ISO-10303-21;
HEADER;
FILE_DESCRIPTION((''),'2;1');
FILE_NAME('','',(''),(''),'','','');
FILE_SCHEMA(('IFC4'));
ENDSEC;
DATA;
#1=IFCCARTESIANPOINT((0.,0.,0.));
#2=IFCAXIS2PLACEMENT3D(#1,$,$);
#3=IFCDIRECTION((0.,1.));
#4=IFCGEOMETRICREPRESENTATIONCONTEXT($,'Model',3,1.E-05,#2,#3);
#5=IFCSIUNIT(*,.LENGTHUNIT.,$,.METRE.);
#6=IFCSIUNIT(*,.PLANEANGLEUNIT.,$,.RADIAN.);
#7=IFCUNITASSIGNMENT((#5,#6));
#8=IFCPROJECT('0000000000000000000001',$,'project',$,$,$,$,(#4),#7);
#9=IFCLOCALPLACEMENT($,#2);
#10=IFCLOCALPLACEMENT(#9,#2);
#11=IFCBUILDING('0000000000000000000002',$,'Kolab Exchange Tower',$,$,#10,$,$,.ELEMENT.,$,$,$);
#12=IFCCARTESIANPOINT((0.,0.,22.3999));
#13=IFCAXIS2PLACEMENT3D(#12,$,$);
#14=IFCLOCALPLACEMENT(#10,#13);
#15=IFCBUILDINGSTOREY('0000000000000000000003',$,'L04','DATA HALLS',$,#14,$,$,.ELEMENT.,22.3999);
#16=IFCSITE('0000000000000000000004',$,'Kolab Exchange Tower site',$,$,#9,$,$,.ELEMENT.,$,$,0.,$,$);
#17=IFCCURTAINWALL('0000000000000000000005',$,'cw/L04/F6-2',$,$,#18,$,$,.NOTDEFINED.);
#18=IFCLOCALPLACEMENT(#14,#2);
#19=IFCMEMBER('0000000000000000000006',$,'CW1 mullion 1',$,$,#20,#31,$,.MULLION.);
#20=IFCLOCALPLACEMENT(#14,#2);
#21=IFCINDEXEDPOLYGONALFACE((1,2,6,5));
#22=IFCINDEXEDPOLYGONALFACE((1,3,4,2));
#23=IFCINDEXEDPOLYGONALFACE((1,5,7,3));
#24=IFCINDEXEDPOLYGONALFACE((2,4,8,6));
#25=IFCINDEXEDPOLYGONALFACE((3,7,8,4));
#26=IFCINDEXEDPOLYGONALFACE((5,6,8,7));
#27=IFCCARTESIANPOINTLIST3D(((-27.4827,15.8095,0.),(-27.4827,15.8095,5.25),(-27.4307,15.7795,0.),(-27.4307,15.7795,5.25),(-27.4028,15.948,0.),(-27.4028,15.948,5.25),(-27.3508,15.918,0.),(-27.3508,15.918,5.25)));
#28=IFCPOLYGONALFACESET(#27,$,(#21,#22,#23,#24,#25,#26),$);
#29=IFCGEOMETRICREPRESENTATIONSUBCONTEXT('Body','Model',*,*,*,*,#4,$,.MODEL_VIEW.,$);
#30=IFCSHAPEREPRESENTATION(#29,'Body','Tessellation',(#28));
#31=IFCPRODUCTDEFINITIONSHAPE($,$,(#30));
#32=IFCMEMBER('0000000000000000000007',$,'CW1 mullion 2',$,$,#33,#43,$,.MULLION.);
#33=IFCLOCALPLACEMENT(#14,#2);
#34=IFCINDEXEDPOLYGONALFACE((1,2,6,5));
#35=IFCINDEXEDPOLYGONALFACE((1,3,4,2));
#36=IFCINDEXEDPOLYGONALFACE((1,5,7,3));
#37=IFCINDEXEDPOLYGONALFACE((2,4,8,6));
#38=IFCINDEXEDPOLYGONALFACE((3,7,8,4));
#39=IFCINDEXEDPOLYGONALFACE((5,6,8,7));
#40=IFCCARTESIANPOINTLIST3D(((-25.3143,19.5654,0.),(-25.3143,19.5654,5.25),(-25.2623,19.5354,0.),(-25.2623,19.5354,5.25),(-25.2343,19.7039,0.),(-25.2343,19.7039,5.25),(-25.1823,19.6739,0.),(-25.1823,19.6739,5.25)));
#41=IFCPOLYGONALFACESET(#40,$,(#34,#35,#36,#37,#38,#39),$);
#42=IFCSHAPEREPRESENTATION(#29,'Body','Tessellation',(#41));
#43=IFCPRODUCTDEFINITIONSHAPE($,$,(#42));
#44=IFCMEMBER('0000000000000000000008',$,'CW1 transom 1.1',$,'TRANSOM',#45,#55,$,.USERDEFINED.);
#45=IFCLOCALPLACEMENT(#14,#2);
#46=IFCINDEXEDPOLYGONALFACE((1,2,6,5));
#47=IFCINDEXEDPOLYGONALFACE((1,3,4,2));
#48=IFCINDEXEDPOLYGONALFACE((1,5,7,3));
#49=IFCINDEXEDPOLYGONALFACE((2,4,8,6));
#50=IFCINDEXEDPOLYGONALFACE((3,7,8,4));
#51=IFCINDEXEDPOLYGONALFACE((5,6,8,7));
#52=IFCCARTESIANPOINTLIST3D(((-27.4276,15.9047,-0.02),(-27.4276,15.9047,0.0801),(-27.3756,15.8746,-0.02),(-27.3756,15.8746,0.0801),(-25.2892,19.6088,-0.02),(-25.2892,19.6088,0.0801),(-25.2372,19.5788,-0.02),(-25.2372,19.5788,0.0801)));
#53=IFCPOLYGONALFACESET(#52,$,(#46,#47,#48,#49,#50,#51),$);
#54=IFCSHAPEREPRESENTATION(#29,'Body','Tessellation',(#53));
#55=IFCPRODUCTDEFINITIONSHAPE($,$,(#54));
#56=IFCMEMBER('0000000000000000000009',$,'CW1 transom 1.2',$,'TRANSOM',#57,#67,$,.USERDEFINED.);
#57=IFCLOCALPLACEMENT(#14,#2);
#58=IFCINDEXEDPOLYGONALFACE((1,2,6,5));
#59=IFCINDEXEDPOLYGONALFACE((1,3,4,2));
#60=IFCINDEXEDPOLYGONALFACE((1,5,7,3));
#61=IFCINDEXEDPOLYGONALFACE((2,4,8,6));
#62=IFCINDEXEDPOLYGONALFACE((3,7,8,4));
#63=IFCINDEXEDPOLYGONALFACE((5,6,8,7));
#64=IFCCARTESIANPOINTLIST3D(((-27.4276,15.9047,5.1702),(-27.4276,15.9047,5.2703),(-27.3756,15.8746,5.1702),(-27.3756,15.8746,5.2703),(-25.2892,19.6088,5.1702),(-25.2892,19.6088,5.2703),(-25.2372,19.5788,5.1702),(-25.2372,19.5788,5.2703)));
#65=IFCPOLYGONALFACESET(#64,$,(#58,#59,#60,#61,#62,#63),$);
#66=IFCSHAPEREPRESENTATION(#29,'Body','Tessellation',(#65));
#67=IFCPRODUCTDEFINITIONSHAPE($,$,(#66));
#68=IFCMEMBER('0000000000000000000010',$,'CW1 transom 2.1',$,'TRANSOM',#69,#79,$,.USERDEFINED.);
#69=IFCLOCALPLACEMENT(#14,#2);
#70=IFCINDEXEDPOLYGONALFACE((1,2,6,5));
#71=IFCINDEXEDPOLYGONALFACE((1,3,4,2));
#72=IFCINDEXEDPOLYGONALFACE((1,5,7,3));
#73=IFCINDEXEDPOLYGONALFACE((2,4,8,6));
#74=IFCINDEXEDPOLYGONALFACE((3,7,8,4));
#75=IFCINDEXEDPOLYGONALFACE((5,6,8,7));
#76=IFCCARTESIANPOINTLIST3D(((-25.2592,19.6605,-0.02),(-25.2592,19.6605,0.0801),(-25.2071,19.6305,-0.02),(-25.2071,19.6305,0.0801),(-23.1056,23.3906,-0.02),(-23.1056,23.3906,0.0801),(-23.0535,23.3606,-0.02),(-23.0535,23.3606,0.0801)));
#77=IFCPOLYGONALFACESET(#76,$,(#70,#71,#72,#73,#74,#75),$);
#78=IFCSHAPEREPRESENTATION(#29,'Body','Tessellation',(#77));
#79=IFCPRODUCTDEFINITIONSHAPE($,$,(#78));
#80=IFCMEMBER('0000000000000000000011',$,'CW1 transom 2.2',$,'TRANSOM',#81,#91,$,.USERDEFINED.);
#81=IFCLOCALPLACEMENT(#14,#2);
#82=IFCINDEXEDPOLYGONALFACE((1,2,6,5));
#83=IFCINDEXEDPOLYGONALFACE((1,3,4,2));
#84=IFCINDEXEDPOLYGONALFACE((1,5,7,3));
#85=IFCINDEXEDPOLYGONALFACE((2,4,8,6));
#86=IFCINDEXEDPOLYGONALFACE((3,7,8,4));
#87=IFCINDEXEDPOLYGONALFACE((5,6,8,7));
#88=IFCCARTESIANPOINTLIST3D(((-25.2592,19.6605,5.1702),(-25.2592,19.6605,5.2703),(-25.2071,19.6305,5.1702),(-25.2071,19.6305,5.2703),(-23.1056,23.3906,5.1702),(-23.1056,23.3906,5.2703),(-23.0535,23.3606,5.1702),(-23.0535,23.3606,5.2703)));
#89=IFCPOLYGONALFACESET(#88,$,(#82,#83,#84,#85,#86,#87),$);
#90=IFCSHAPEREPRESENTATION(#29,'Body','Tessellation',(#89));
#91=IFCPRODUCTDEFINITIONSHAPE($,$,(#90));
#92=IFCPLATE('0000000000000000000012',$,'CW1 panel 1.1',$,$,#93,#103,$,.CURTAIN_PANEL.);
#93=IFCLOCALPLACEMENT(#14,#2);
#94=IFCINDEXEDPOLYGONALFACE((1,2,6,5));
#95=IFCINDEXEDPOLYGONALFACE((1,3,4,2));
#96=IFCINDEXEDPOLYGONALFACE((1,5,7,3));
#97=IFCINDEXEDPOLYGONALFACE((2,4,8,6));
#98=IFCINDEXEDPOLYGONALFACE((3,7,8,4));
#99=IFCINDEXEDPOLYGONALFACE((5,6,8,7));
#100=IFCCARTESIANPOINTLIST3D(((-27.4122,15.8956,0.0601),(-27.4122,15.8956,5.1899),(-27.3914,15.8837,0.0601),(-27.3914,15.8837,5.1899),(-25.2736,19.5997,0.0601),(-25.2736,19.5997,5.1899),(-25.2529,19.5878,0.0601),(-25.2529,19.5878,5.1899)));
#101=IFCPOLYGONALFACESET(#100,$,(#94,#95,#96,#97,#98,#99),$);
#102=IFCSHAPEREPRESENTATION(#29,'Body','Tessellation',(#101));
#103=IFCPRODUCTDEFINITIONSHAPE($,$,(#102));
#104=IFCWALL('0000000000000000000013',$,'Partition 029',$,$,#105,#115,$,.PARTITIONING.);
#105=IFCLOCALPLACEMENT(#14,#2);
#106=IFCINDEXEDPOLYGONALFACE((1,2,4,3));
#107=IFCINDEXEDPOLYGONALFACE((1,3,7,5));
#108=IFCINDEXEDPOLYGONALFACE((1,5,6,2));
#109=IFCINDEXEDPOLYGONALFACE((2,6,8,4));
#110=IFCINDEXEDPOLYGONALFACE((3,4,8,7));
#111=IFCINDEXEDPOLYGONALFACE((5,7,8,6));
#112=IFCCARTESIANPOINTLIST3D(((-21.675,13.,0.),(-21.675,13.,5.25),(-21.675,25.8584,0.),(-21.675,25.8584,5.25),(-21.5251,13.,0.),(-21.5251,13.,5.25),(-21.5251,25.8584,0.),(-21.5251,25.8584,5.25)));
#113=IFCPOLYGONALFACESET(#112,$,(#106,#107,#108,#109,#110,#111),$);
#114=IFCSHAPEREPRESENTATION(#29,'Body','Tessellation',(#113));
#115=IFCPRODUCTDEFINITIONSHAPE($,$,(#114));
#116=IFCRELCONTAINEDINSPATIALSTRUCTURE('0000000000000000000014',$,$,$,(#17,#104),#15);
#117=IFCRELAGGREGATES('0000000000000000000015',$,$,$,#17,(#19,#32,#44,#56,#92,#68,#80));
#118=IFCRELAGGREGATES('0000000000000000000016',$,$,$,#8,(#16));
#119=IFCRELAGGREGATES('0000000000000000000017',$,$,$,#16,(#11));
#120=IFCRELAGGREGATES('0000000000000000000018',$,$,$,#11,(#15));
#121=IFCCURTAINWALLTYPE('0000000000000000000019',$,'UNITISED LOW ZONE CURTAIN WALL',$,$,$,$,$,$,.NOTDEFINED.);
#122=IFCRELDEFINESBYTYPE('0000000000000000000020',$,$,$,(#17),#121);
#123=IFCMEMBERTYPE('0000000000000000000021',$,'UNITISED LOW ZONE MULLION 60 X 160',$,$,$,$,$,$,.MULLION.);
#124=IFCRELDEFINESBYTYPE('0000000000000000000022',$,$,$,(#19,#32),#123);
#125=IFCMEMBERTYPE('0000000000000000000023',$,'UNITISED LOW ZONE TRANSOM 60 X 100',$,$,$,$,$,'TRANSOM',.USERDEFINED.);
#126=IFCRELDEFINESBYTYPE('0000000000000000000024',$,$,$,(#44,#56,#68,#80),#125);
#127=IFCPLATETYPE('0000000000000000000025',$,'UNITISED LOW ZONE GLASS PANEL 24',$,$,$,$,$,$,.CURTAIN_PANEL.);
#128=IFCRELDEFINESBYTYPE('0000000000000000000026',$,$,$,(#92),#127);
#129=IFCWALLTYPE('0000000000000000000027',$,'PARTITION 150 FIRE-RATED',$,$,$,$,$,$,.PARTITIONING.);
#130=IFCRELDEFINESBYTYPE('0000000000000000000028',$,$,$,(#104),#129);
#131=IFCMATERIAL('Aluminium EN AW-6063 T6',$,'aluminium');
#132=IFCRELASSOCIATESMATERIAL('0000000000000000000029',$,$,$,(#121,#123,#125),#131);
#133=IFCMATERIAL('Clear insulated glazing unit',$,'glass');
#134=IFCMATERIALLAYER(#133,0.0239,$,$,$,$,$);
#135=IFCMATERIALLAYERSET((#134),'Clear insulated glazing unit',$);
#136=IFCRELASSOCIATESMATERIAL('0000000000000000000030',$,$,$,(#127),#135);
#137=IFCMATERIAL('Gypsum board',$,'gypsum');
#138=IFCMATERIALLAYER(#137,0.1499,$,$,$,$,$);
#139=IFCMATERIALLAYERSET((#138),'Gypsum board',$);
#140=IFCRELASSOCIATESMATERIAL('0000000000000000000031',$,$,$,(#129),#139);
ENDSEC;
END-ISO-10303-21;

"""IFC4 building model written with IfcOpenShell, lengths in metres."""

from ifc_helpers import new_model, si_unit, direction, frame, frame_2d, origin, origin_2d, place, context, subcontext, project, spatial, rectangle, extrude, material, layer, layer_set, material_profile, profile_set, type_object, element, aggregate, save


model = new_model("IFC4")

# Units and contexts
model_context = context("Model", 3, precision=1e-05, world=origin(), true_north=direction((0.0, 1.0)))
body_context = subcontext(model_context, "Body", "Model", "MODEL_VIEW")
ifc_project = project(units=[si_unit("LENGTHUNIT", "METRE"), si_unit("PLANEANGLEUNIT", "RADIAN")], contexts=[model_context])

# Site, building, storey
site_placement = place(None, origin())
site = spatial("IfcSite", under=ifc_project, at=site_placement, Name="Kolab Exchange Tower site", CompositionType="ELEMENT", RefElevation=0.0)
building_placement = place(site_placement, origin())
building = spatial("IfcBuilding", under=site, at=building_placement, Name="Kolab Exchange Tower", CompositionType="ELEMENT")
storey_placement = place(building_placement, frame((0.0, 0.0, 22.3999)))
storey = spatial("IfcBuildingStorey", under=building, at=storey_placement, Name="L04", Description="DATA HALLS", CompositionType="ELEMENT", Elevation=22.3999)

# Curtain wall, members, plate
ifc_material_1 = material(Name="Aluminium EN AW-6063 T6", Category="aluminium")
curtain_wall_type = type_object("IfcCurtainWallType", Name="UNITISED LOW ZONE CURTAIN WALL", PredefinedType="NOTDEFINED", material=ifc_material_1)
curtain_wall_placement = place(storey_placement, origin())
curtain_wall = element("IfcCurtainWall", 1, at=curtain_wall_placement, inside=storey, type_object=curtain_wall_type, Name="cw/L04/F6-2", PredefinedType="NOTDEFINED")
ifc_material_profile_1 = material_profile(ifc_material_1, rectangle(XDim=0.0601, YDim=0.1599, at=origin_2d()), Name="RECT 60X160")
ifc_profile_set_1 = profile_set([ifc_material_profile_1], Name="Aluminium EN AW-6063 T6")
member_type_1 = type_object("IfcMemberType", Name="UNITISED LOW ZONE MULLION 60 X 160", PredefinedType="MULLION", material=ifc_profile_set_1)
member_1_placement = place(storey_placement, frame((-27.4167, 15.8638, 0.0), z_axis=(0.0, 0.0, 1.0), x_axis=(-0.866025, 0.5, 0.0)))
member_1 = element("IfcMember", 2, at=member_1_placement, type_object=member_type_1, Name="CW1 mullion 1", PredefinedType="MULLION", context=body_context, shape_type="SweptSolid", body=[
    extrude(rectangle(XDim=0.0601, YDim=0.1599, at=origin_2d()), origin(), (0.0, 0.0, 1.0), 5.25),
])
member_2_placement = place(storey_placement, frame((-25.2483, 19.6196, 0.0), z_axis=(0.0, 0.0, 1.0), x_axis=(-0.866025, 0.5, 0.0)))
member_2 = element("IfcMember", 3, at=member_2_placement, type_object=member_type_1, Name="CW1 mullion 2", PredefinedType="MULLION", context=body_context, shape_type="SweptSolid", body=[
    extrude(rectangle(XDim=0.0601, YDim=0.1599, at=origin_2d()), origin(), (0.0, 0.0, 1.0), 5.25),
])
ifc_material_profile_2 = material_profile(ifc_material_1, rectangle(XDim=0.0601, YDim=0.1001, at=origin_2d()), Name="RECT 60X100")
ifc_profile_set_2 = profile_set([ifc_material_profile_2], Name="Aluminium EN AW-6063 T6")
member_type_2 = type_object("IfcMemberType", Name="UNITISED LOW ZONE TRANSOM 60 X 100", ElementType="TRANSOM", PredefinedType="USERDEFINED", material=ifc_profile_set_2)
member_3_placement = place(storey_placement, frame((-27.4016, 15.8896, 0.03), z_axis=(0.499976, 0.866039, 0.0), x_axis=(-0.866039, 0.499976, 0.0)))
member_3 = element("IfcMember", 4, at=member_3_placement, type_object=member_type_2, Name="CW1 transom 1.1", ObjectType="TRANSOM", PredefinedType="USERDEFINED", context=body_context, shape_type="SweptSolid", body=[
    extrude(rectangle(XDim=0.0601, YDim=0.1001, at=origin_2d()), origin(), (0.0, 0.0, 1.0), 4.2771),
])
member_4_placement = place(storey_placement, frame((-27.4016, 15.8896, 5.2202), z_axis=(0.499976, 0.866039, 0.0), x_axis=(-0.866039, 0.499976, 0.0)))
member_4 = element("IfcMember", 5, at=member_4_placement, type_object=member_type_2, Name="CW1 transom 1.2", ObjectType="TRANSOM", PredefinedType="USERDEFINED", context=body_context, shape_type="SweptSolid", body=[
    extrude(rectangle(XDim=0.0601, YDim=0.1001, at=origin_2d()), origin(), (0.0, 0.0, 1.0), 4.2771),
])
member_5_placement = place(storey_placement, frame((-25.2332, 19.6455, 0.03), z_axis=(0.50001, 0.866019, 0.0), x_axis=(-0.866019, 0.50001, 0.0)))
member_5 = element("IfcMember", 6, at=member_5_placement, type_object=member_type_2, Name="CW1 transom 2.1", ObjectType="TRANSOM", PredefinedType="USERDEFINED", context=body_context, shape_type="SweptSolid", body=[
    extrude(rectangle(XDim=0.0601, YDim=0.1001, at=origin_2d()), origin(), (0.0, 0.0, 1.0), 4.3071),
])
member_6_placement = place(storey_placement, frame((-25.2332, 19.6455, 5.2202), z_axis=(0.50001, 0.866019, 0.0), x_axis=(-0.866019, 0.50001, 0.0)))
member_6 = element("IfcMember", 7, at=member_6_placement, type_object=member_type_2, Name="CW1 transom 2.2", ObjectType="TRANSOM", PredefinedType="USERDEFINED", context=body_context, shape_type="SweptSolid", body=[
    extrude(rectangle(XDim=0.0601, YDim=0.1001, at=origin_2d()), origin(), (0.0, 0.0, 1.0), 4.3071),
])
ifc_material_2 = material(Name="Clear insulated glazing unit", Category="glass")
ifc_layer_1 = layer(ifc_material_2, 0.0239)
ifc_layer_set_1 = layer_set([ifc_layer_1], Name="Clear insulated glazing unit")
plate_type = type_object("IfcPlateType", Name="UNITISED LOW ZONE GLASS PANEL 24", PredefinedType="CURTAIN_PANEL", material=ifc_layer_set_1)
plate_placement = place(storey_placement, frame((-26.3325, 17.7417, 0.0601), z_axis=(0.0, 0.0, 1.0), x_axis=(0.5, 0.866025, 0.0)))
plate = element("IfcPlate", 8, at=plate_placement, type_object=plate_type, Name="CW1 panel 1.1", PredefinedType="CURTAIN_PANEL", context=body_context, shape_type="SweptSolid", body=[
    extrude(rectangle(XDim=4.2771, YDim=0.0239, at=origin_2d()), origin(), (0.0, 0.0, 1.0), 5.1299),
])
aggregate(curtain_wall, [member_1, member_2, member_3, member_4, plate, member_5, member_6])

# Wall
ifc_material_3 = material(Name="Gypsum board", Category="gypsum")
ifc_layer_2 = layer(ifc_material_3, 0.1499)
ifc_layer_set_2 = layer_set([ifc_layer_2], Name="Gypsum board")
wall_type = type_object("IfcWallType", Name="PARTITION 150 FIRE-RATED", PredefinedType="PARTITIONING", material=ifc_layer_set_2)
wall_1_placement = place(storey_placement, frame((-21.6001, 13.0, 0.0), z_axis=(0.0, 0.0, 1.0), x_axis=(0.0, 1.0, 0.0)))
element("IfcWall", 9, at=wall_1_placement, inside=storey, type_object=wall_type, Name="Partition 029", PredefinedType="PARTITIONING", context=body_context, shape_type="SweptSolid", body=[
    extrude(rectangle(XDim=12.8584, YDim=0.1499, at=frame_2d((6.4292, 0.0))), origin(), (0.0, 0.0, 1.0), 5.25),
])

save(model, "model.ifc")
